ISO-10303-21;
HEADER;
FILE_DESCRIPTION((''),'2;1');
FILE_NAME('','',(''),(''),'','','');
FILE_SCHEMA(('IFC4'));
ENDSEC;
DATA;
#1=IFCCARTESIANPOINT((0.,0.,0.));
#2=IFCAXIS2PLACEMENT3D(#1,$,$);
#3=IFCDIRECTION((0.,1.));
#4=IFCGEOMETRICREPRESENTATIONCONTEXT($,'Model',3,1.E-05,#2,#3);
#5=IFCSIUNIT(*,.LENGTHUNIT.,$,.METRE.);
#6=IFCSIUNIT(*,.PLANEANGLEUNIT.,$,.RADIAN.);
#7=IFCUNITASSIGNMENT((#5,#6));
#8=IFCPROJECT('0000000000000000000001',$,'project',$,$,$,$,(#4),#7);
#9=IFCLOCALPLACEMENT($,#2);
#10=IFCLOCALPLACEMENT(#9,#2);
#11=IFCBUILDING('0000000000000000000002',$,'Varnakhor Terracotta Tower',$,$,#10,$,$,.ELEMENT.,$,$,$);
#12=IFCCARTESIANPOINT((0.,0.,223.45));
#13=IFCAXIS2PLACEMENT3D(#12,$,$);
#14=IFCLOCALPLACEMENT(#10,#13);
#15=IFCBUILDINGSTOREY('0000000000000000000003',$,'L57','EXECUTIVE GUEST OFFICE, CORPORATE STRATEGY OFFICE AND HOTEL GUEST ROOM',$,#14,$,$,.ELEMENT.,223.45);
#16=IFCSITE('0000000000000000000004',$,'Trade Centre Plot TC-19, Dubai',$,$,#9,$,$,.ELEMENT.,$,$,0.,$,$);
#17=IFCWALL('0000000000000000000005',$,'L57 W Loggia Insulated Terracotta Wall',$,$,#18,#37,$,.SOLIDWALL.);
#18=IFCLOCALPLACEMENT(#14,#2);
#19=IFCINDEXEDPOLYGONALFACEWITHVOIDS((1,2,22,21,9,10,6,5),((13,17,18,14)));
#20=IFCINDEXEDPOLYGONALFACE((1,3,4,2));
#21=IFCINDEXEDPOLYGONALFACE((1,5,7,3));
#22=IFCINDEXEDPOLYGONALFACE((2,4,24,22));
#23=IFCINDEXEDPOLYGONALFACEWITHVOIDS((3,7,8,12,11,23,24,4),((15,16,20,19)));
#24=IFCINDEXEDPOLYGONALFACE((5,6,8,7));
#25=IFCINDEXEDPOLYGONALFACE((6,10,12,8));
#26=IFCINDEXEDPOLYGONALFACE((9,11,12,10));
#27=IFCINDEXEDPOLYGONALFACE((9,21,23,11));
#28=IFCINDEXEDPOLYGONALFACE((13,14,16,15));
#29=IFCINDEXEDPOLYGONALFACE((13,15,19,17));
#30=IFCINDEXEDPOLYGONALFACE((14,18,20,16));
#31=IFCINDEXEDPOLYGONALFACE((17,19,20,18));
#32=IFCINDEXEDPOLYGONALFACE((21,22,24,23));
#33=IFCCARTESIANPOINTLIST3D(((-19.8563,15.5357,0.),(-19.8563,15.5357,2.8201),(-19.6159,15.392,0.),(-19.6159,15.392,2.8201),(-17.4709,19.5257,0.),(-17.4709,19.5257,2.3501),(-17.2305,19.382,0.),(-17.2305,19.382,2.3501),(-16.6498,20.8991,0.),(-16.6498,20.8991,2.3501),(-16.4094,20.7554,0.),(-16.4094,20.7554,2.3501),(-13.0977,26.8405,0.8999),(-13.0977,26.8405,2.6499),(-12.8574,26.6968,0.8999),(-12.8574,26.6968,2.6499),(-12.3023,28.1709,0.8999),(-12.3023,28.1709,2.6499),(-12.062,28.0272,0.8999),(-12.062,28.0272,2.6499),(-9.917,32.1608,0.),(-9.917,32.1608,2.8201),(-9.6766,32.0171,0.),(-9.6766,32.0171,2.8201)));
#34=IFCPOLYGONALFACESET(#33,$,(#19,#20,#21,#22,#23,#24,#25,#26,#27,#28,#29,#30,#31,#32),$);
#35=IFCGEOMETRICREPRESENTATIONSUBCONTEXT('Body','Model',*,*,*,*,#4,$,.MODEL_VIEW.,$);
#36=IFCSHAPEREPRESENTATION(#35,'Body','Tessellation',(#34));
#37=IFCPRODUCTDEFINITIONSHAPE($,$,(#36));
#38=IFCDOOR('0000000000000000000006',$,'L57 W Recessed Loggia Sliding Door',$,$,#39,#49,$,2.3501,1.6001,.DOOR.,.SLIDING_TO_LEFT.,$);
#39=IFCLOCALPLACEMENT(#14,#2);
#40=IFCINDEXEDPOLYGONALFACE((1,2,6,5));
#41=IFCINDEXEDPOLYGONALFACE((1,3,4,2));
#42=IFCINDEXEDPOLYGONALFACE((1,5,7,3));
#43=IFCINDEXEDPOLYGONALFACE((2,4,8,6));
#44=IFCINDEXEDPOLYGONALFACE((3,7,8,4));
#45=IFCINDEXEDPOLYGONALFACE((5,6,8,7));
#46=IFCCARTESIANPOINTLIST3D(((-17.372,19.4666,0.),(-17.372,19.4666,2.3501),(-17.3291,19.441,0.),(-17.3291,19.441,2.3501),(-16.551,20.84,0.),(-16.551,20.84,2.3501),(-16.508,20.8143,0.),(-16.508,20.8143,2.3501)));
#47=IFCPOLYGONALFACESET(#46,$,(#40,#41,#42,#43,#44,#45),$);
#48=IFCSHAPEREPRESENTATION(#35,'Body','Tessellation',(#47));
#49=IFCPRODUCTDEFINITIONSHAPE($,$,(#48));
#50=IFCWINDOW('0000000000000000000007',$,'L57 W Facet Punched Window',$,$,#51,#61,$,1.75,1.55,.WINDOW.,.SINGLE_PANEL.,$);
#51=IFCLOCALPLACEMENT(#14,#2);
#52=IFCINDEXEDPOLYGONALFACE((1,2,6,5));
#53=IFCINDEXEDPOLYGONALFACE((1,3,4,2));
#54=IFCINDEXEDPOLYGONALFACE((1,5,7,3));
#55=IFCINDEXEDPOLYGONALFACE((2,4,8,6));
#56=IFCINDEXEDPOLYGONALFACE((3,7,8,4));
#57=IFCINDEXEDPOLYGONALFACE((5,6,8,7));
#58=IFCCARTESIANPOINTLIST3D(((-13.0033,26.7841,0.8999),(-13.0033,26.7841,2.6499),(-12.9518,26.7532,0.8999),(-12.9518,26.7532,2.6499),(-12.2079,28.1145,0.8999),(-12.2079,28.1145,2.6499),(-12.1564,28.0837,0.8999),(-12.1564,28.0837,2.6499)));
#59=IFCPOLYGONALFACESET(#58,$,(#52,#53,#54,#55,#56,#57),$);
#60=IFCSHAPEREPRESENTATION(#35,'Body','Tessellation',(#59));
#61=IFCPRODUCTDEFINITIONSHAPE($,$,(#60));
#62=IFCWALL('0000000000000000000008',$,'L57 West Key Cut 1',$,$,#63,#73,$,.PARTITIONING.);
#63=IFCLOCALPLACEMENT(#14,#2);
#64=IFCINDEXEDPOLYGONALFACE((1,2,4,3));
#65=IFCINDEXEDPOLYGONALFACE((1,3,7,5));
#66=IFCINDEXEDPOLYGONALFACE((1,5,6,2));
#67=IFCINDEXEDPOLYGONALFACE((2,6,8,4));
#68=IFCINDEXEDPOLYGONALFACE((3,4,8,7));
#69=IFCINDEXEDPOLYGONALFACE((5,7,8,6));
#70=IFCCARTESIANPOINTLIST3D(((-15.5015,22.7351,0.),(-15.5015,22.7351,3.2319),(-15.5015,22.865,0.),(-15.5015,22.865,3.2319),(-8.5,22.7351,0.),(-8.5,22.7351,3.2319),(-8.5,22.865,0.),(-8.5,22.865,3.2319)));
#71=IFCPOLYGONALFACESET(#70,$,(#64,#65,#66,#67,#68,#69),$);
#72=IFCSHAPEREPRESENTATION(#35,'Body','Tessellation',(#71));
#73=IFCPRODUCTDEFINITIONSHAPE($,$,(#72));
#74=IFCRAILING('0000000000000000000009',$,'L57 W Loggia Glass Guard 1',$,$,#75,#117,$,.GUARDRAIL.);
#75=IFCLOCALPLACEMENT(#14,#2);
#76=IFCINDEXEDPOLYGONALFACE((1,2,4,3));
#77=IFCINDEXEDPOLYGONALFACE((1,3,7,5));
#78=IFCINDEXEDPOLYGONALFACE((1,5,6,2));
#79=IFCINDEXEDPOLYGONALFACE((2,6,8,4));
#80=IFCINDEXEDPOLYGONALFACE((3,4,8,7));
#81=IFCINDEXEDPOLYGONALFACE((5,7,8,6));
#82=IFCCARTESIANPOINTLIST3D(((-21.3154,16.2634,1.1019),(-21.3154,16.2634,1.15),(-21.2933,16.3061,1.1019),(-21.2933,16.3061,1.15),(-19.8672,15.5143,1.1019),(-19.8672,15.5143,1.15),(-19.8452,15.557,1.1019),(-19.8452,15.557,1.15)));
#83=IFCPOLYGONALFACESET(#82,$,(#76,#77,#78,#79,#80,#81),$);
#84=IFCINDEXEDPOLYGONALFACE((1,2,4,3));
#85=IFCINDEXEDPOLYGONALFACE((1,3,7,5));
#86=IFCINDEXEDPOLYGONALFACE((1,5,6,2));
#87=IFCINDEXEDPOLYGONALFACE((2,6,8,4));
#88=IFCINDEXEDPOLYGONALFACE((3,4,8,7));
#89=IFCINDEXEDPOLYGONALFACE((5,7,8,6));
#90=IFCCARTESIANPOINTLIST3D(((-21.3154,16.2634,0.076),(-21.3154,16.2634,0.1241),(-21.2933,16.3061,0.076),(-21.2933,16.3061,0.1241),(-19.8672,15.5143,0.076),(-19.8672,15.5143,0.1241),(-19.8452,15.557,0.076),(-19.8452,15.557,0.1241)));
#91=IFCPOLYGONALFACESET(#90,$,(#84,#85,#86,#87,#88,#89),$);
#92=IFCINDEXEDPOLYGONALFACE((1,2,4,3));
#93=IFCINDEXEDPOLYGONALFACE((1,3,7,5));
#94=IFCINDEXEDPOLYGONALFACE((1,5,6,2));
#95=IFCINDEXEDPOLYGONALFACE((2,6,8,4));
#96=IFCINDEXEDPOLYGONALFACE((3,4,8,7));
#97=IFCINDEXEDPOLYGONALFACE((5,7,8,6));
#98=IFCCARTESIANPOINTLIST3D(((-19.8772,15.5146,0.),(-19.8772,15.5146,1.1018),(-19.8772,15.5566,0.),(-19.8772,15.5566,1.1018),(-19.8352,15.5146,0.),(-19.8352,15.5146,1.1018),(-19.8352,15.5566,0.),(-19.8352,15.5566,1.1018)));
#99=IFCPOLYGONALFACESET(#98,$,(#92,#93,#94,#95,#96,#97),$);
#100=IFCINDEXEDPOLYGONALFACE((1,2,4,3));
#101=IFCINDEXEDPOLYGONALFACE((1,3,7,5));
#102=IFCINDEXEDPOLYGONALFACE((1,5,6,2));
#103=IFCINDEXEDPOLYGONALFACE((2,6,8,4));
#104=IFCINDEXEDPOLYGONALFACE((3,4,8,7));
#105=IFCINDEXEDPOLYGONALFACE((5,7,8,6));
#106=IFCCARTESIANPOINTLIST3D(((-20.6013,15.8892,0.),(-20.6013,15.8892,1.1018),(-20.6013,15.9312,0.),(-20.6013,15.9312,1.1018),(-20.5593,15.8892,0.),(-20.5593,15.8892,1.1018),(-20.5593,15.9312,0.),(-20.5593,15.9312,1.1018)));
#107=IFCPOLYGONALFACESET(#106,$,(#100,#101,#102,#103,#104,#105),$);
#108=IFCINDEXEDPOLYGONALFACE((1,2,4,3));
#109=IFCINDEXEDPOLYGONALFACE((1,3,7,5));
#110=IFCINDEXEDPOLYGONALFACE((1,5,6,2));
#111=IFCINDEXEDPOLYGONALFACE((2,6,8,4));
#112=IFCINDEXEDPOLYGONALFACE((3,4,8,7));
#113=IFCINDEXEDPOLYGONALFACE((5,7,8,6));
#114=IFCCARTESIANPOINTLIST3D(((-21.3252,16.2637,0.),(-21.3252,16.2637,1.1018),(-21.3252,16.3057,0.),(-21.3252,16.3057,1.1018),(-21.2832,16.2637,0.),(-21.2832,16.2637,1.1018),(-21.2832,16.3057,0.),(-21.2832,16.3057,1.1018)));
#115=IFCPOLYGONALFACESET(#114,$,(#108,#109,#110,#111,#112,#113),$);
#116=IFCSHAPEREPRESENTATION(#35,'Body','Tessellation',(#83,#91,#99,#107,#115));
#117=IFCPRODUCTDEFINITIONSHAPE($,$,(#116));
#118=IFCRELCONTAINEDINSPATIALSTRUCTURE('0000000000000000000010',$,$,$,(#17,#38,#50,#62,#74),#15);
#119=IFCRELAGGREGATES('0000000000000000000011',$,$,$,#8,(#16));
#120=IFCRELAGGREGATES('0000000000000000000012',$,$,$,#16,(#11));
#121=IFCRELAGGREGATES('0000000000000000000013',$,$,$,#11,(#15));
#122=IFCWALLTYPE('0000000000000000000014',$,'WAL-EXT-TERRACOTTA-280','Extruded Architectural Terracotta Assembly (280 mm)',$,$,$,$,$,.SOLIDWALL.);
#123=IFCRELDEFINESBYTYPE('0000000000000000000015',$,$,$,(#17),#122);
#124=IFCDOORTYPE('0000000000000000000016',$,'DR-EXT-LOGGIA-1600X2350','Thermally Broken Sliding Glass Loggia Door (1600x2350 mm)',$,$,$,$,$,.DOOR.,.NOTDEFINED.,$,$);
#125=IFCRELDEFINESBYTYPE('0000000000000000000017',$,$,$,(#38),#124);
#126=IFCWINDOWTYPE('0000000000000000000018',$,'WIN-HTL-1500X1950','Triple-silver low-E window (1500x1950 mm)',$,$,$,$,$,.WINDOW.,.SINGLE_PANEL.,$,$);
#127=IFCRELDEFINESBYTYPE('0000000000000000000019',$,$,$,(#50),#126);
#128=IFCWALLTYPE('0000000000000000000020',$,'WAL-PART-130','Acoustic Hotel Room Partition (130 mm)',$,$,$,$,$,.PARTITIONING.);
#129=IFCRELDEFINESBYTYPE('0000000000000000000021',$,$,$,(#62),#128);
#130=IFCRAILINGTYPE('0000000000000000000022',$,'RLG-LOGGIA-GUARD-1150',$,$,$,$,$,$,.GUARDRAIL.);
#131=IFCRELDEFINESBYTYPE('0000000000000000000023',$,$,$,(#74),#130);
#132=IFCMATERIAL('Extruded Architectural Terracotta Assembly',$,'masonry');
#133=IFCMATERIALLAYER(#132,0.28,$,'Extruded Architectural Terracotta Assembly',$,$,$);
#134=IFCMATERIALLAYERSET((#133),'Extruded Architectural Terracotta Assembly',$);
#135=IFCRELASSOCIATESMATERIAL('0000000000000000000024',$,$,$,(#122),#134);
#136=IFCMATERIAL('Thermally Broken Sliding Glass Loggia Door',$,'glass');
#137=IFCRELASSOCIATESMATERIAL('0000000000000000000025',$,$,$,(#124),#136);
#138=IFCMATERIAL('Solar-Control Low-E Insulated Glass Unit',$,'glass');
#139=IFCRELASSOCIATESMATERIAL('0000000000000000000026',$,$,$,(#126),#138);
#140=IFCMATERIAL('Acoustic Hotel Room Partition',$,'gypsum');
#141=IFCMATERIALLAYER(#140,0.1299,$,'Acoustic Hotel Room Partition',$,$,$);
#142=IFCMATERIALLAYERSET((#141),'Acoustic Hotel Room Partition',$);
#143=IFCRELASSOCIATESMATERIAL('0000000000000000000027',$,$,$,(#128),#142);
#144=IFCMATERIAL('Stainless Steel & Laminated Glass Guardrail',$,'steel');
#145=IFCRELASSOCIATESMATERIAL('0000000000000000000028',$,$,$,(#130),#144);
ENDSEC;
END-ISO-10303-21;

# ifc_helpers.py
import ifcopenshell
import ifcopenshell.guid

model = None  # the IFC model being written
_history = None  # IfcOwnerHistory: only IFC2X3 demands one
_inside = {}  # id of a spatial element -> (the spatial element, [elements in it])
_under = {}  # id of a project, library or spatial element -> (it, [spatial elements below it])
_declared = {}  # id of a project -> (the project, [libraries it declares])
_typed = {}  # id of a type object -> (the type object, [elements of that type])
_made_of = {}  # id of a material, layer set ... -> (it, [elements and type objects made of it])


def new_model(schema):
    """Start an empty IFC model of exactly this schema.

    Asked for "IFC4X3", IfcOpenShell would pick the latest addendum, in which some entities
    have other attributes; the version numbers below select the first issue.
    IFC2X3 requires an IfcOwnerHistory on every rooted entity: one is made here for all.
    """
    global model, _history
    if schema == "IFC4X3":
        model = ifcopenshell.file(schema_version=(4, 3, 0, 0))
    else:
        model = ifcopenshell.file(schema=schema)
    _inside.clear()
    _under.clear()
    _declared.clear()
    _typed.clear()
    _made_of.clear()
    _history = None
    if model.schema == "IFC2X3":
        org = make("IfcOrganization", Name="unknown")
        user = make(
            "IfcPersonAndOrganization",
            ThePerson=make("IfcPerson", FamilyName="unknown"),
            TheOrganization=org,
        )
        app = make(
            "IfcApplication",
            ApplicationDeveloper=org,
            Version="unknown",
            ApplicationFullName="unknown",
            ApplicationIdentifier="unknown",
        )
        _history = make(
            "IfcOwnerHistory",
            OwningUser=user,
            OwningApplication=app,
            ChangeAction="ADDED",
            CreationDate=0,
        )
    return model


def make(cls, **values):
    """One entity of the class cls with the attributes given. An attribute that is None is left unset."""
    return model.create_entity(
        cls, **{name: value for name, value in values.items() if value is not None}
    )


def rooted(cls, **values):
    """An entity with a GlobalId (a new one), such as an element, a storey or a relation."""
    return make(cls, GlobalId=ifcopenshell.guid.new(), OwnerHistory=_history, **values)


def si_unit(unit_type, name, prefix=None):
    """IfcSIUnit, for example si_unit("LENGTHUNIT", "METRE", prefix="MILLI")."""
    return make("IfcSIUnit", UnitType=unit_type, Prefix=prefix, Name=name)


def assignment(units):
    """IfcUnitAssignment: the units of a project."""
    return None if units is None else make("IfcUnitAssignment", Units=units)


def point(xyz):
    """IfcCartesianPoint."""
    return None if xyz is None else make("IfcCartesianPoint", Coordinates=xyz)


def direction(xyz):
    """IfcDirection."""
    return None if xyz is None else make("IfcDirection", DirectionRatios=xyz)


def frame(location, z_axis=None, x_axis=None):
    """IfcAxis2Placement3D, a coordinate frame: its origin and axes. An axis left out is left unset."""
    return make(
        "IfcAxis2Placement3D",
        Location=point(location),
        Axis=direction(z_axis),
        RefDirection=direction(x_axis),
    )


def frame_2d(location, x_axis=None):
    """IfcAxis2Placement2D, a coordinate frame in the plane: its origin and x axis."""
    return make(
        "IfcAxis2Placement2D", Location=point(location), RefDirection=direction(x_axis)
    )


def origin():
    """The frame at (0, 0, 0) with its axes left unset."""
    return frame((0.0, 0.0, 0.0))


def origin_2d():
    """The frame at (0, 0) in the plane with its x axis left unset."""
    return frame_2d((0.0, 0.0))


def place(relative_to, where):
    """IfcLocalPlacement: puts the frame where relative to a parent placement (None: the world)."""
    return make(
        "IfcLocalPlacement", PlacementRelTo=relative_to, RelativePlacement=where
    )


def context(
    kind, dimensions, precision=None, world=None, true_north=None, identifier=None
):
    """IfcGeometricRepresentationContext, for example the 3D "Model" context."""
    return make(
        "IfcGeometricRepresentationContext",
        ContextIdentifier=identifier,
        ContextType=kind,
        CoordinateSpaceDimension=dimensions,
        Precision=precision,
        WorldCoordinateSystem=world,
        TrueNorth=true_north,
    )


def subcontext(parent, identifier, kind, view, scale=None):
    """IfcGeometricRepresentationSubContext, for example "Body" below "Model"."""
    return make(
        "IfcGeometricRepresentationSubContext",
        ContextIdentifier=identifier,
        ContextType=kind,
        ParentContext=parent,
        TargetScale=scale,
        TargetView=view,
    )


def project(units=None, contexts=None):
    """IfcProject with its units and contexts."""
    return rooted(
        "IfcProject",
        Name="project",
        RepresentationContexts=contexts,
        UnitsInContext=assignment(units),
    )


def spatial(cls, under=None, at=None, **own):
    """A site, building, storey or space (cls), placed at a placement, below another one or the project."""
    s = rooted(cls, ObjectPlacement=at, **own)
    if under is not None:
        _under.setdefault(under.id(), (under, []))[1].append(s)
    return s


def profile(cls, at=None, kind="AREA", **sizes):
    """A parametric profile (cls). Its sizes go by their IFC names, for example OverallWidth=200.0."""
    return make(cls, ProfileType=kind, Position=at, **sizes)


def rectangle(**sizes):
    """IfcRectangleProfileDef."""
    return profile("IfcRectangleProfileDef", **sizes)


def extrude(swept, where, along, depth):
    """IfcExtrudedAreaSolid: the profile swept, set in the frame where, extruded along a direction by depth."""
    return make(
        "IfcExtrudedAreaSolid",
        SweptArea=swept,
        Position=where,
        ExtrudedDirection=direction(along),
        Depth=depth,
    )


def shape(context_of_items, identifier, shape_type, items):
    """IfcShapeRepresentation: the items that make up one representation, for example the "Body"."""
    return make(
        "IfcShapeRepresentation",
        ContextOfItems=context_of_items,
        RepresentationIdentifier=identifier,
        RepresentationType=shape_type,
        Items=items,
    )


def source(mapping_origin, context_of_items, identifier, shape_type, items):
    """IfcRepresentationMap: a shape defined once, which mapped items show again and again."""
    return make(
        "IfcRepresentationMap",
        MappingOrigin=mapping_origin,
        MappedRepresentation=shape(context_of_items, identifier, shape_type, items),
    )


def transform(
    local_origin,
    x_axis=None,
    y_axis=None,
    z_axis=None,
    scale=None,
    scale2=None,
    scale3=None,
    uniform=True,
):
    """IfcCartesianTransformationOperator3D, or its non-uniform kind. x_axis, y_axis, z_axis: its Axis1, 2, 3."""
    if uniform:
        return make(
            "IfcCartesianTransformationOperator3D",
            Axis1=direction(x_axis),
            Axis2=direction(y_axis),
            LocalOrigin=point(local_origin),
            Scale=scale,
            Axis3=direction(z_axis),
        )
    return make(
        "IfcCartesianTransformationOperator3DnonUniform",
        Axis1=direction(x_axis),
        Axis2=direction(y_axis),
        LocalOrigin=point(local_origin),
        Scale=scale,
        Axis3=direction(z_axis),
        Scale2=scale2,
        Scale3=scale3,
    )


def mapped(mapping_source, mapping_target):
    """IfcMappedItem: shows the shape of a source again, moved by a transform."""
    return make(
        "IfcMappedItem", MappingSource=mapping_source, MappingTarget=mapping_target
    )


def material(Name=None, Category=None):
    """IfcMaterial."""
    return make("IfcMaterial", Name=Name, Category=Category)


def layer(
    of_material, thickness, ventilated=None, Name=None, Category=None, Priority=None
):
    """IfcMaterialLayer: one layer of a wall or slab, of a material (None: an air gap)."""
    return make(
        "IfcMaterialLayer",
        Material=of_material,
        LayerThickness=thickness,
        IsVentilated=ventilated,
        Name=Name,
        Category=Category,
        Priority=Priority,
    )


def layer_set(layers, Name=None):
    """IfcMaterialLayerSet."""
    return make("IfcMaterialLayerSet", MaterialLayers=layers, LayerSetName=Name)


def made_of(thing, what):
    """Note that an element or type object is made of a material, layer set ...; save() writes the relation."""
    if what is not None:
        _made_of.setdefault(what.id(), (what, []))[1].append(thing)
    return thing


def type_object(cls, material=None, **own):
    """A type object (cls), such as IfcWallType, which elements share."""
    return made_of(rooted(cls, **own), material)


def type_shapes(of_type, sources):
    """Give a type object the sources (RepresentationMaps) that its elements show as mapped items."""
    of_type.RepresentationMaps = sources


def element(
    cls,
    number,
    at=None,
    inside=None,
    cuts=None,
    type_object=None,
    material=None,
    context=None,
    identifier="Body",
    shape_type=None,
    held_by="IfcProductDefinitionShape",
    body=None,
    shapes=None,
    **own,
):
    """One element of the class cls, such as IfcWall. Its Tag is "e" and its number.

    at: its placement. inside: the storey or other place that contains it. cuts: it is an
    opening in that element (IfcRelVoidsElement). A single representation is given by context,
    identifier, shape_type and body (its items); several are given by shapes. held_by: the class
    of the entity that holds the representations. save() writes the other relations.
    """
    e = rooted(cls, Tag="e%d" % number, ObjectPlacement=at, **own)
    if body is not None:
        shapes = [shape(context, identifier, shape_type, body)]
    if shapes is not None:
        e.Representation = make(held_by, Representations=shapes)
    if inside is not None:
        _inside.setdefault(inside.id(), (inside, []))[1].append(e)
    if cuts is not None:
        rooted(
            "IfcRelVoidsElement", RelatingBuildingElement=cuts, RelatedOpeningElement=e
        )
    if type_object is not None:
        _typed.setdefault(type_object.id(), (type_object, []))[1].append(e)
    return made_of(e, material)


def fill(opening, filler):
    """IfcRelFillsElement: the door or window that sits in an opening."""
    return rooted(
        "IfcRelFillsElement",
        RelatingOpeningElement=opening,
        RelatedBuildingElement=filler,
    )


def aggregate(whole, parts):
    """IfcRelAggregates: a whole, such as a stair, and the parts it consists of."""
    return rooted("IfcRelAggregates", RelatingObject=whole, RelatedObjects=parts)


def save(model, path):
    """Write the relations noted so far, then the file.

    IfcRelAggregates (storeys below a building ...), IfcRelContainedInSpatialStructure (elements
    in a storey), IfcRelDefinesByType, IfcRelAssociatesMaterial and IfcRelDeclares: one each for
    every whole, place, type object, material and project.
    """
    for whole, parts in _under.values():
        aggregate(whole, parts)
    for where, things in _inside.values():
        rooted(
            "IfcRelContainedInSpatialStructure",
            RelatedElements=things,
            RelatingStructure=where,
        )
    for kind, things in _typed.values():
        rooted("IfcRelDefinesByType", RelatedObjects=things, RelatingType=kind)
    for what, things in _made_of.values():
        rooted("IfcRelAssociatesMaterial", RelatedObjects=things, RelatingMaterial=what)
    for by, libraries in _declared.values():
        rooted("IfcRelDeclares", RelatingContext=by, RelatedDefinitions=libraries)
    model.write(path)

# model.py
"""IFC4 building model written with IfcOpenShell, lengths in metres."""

from ifc_helpers import new_model, si_unit, direction, frame, frame_2d, origin, origin_2d, place, context, subcontext, project, spatial, rectangle, extrude, source, transform, mapped, material, layer, layer_set, type_object, type_shapes, element, fill, save


model = new_model("IFC4")

# Units and contexts
model_context = context("Model", 3, precision=1e-05, world=origin(), true_north=direction((0.0, 1.0)))
body_context = subcontext(model_context, "Body", "Model", "MODEL_VIEW")
ifc_project = project(units=[si_unit("LENGTHUNIT", "METRE"), si_unit("PLANEANGLEUNIT", "RADIAN")], contexts=[model_context])

# Site, building, storey
site_placement = place(None, origin())
site = spatial("IfcSite", under=ifc_project, at=site_placement, Name="Trade Centre Plot TC-19, Dubai", CompositionType="ELEMENT", RefElevation=0.0)
building_placement = place(site_placement, origin())
building = spatial("IfcBuilding", under=site, at=building_placement, Name="Varnakhor Terracotta Tower", CompositionType="ELEMENT")
storey_placement = place(building_placement, frame((0.0, 0.0, 223.45)))
storey = spatial("IfcBuildingStorey", under=building, at=storey_placement, Name="L57", Description="EXECUTIVE GUEST OFFICE, CORPORATE STRATEGY OFFICE AND HOTEL GUEST ROOM", CompositionType="ELEMENT", Elevation=223.45)

# Wall, openings, door, window
ifc_material_1 = material(Name="Extruded Architectural Terracotta Assembly", Category="masonry")
ifc_layer_1 = layer(ifc_material_1, 0.28, Name="Extruded Architectural Terracotta Assembly")
ifc_layer_set_1 = layer_set([ifc_layer_1], Name="Extruded Architectural Terracotta Assembly")
wall_type_1 = type_object("IfcWallType", Name="WAL-EXT-TERRACOTTA-280", Description="Extruded Architectural Terracotta Assembly (280 mm)", PredefinedType="SOLIDWALL", material=ifc_layer_set_1)
wall_1_placement = place(storey_placement, frame((-19.7361, 15.4639, 0.0), z_axis=(0.0, 0.0, 1.0), x_axis=(0.513136, 0.858307, 0.0)))
wall_1 = element("IfcWall", 1, at=wall_1_placement, inside=storey, type_object=wall_type_1, Name="L57 W Loggia Insulated Terracotta Wall", PredefinedType="SOLIDWALL", context=body_context, shape_type="SweptSolid", body=[
    extrude(rectangle(XDim=19.3696, YDim=0.28, at=frame_2d((9.6848, 0.0))), origin(), (0.0, 0.0, 1.0), 2.8201),
])
opening_1_placement = place(wall_1_placement, frame((4.6487, 0.0, 0.0)))
opening_1 = element("IfcOpeningElement", 2, at=opening_1_placement, cuts=wall_1, PredefinedType="OPENING", context=body_context, shape_type="SweptSolid", body=[
    extrude(rectangle(XDim=1.6001, YDim=2.3501, at=frame_2d((0.8, 1.175))), frame((0.0, 0.1499, 0.0), z_axis=(0.0, -1.0, 0.0), x_axis=(1.0, 0.0, 0.0)), (0.0, 0.0, 1.0), 0.3),
])
opening_2_placement = place(wall_1_placement, frame((13.1711, 0.0, 0.8999)))
opening_2 = element("IfcOpeningElement", 3, at=opening_2_placement, cuts=wall_1, PredefinedType="OPENING", context=body_context, shape_type="SweptSolid", body=[
    extrude(rectangle(XDim=1.55, YDim=1.75, at=frame_2d((0.7749, 0.875))), frame((0.0, 0.1499, 0.0), z_axis=(0.0, -1.0, 0.0), x_axis=(1.0, 0.0, 0.0)), (0.0, 0.0, 1.0), 0.3),
])
ifc_material_2 = material(Name="Thermally Broken Sliding Glass Loggia Door", Category="glass")
door_type_1 = type_object("IfcDoorType", Name="DR-EXT-LOGGIA-1600X2350", Description="Thermally Broken Sliding Glass Loggia Door (1600x2350 mm)", OperationType="NOTDEFINED", PredefinedType="DOOR", material=ifc_material_2)
shared_shape_1 = source(origin(), body_context, "Body", "SweptSolid", [
    extrude(rectangle(XDim=1.6001, YDim=2.3501, at=frame_2d((0.8, 1.175))), frame((0.0, 0.0249, 0.0), z_axis=(0.0, -1.0, 0.0), x_axis=(1.0, 0.0, 0.0)), (0.0, 0.0, 1.0), 0.05),
])
type_shapes(door_type_1, [shared_shape_1])
door_1_placement = place(opening_1_placement, origin())
door_1 = element("IfcDoor", 4, at=door_1_placement, inside=storey, type_object=door_type_1, Name="L57 W Recessed Loggia Sliding Door", OperationType="SLIDING_TO_LEFT", OverallHeight=2.3501, OverallWidth=1.6001, PredefinedType="DOOR", context=body_context, shape_type="MappedRepresentation", body=[
    mapped(shared_shape_1, transform((0.0, 0.0, 0.0), scale=1.0)),
])
fill(opening_1, door_1)
ifc_material_3 = material(Name="Solar-Control Low-E Insulated Glass Unit", Category="glass")
window_type = type_object("IfcWindowType", Name="WIN-HTL-1500X1950", Description="Triple-silver low-E window (1500x1950 mm)", PartitioningType="SINGLE_PANEL", PredefinedType="WINDOW", material=ifc_material_3)
shared_shape_2 = source(origin(), body_context, "Body", "SweptSolid", [
    extrude(rectangle(XDim=1.55, YDim=1.75, at=frame_2d((0.7749, 0.875))), frame((0.0, 0.03, 0.0), z_axis=(0.0, -1.0, 0.0), x_axis=(1.0, 0.0, 0.0)), (0.0, 0.0, 1.0), 0.0601),
])
type_shapes(window_type, [shared_shape_2])
window_placement = place(opening_2_placement, origin())
window = element("IfcWindow", 5, at=window_placement, inside=storey, type_object=window_type, Name="L57 W Facet Punched Window", OverallHeight=1.75, OverallWidth=1.55, PartitioningType="SINGLE_PANEL", PredefinedType="WINDOW", context=body_context, shape_type="MappedRepresentation", body=[
    mapped(shared_shape_2, transform((0.0, 0.0, 0.0), scale=1.0)),
])
fill(opening_2, window)

# Wall
ifc_material_4 = material(Name="Acoustic Hotel Room Partition", Category="gypsum")
ifc_layer_2 = layer(ifc_material_4, 0.1299, Name="Acoustic Hotel Room Partition")
ifc_layer_set_2 = layer_set([ifc_layer_2], Name="Acoustic Hotel Room Partition")
wall_type_2 = type_object("IfcWallType", Name="WAL-PART-130", Description="Acoustic Hotel Room Partition (130 mm)", PredefinedType="PARTITIONING", material=ifc_layer_set_2)
wall_2_placement = place(storey_placement, frame((-15.5015, 22.8, 0.0), z_axis=(0.0, 0.0, 1.0), x_axis=(1.0, 0.0, 0.0)))
element("IfcWall", 6, at=wall_2_placement, inside=storey, type_object=wall_type_2, Name="L57 West Key Cut 1", PredefinedType="PARTITIONING", context=body_context, shape_type="SweptSolid", body=[
    extrude(rectangle(XDim=7.0015, YDim=0.1299, at=frame_2d((3.5007, 0.0))), origin(), (0.0, 0.0, 1.0), 3.2319),
])

# Railing
ifc_material_5 = material(Name="Stainless Steel & Laminated Glass Guardrail", Category="steel")
railing_type = type_object("IfcRailingType", Name="RLG-LOGGIA-GUARD-1150", PredefinedType="GUARDRAIL", material=ifc_material_5)
railing_1_placement = place(storey_placement, frame((-19.8562, 15.5356, 0.0)))
element("IfcRailing", 7, at=railing_1_placement, inside=storey, type_object=railing_type, Name="L57 W Loggia Glass Guard 1", PredefinedType="GUARDRAIL", context=body_context, shape_type="SweptSolid", body=[
    extrude(rectangle(XDim=0.0481, YDim=0.0481, at=origin_2d()), frame((0.0, 0.0, 1.126), z_axis=(-0.888203, 0.459451, 0.0), x_axis=(-0.459451, -0.888203, 0.0)), (0.0, 0.0, 1.0), 1.6304),
    extrude(rectangle(XDim=0.0481, YDim=0.0481, at=origin_2d()), frame((0.0, 0.0, 0.1001), z_axis=(-0.888203, 0.459451, 0.0), x_axis=(-0.459451, -0.888203, 0.0)), (0.0, 0.0, 1.0), 1.6304),
    extrude(rectangle(XDim=0.042, YDim=0.042, at=origin_2d()), origin(), (0.0, 0.0, 1.0), 1.1018),
    extrude(rectangle(XDim=0.042, YDim=0.042, at=origin_2d()), frame((-0.7241, 0.3745, 0.0)), (0.0, 0.0, 1.0), 1.1018),
    extrude(rectangle(XDim=0.042, YDim=0.042, at=origin_2d()), frame((-1.448, 0.749, 0.0)), (0.0, 0.0, 1.0), 1.1018),
])

save(model, "model.ifc")
